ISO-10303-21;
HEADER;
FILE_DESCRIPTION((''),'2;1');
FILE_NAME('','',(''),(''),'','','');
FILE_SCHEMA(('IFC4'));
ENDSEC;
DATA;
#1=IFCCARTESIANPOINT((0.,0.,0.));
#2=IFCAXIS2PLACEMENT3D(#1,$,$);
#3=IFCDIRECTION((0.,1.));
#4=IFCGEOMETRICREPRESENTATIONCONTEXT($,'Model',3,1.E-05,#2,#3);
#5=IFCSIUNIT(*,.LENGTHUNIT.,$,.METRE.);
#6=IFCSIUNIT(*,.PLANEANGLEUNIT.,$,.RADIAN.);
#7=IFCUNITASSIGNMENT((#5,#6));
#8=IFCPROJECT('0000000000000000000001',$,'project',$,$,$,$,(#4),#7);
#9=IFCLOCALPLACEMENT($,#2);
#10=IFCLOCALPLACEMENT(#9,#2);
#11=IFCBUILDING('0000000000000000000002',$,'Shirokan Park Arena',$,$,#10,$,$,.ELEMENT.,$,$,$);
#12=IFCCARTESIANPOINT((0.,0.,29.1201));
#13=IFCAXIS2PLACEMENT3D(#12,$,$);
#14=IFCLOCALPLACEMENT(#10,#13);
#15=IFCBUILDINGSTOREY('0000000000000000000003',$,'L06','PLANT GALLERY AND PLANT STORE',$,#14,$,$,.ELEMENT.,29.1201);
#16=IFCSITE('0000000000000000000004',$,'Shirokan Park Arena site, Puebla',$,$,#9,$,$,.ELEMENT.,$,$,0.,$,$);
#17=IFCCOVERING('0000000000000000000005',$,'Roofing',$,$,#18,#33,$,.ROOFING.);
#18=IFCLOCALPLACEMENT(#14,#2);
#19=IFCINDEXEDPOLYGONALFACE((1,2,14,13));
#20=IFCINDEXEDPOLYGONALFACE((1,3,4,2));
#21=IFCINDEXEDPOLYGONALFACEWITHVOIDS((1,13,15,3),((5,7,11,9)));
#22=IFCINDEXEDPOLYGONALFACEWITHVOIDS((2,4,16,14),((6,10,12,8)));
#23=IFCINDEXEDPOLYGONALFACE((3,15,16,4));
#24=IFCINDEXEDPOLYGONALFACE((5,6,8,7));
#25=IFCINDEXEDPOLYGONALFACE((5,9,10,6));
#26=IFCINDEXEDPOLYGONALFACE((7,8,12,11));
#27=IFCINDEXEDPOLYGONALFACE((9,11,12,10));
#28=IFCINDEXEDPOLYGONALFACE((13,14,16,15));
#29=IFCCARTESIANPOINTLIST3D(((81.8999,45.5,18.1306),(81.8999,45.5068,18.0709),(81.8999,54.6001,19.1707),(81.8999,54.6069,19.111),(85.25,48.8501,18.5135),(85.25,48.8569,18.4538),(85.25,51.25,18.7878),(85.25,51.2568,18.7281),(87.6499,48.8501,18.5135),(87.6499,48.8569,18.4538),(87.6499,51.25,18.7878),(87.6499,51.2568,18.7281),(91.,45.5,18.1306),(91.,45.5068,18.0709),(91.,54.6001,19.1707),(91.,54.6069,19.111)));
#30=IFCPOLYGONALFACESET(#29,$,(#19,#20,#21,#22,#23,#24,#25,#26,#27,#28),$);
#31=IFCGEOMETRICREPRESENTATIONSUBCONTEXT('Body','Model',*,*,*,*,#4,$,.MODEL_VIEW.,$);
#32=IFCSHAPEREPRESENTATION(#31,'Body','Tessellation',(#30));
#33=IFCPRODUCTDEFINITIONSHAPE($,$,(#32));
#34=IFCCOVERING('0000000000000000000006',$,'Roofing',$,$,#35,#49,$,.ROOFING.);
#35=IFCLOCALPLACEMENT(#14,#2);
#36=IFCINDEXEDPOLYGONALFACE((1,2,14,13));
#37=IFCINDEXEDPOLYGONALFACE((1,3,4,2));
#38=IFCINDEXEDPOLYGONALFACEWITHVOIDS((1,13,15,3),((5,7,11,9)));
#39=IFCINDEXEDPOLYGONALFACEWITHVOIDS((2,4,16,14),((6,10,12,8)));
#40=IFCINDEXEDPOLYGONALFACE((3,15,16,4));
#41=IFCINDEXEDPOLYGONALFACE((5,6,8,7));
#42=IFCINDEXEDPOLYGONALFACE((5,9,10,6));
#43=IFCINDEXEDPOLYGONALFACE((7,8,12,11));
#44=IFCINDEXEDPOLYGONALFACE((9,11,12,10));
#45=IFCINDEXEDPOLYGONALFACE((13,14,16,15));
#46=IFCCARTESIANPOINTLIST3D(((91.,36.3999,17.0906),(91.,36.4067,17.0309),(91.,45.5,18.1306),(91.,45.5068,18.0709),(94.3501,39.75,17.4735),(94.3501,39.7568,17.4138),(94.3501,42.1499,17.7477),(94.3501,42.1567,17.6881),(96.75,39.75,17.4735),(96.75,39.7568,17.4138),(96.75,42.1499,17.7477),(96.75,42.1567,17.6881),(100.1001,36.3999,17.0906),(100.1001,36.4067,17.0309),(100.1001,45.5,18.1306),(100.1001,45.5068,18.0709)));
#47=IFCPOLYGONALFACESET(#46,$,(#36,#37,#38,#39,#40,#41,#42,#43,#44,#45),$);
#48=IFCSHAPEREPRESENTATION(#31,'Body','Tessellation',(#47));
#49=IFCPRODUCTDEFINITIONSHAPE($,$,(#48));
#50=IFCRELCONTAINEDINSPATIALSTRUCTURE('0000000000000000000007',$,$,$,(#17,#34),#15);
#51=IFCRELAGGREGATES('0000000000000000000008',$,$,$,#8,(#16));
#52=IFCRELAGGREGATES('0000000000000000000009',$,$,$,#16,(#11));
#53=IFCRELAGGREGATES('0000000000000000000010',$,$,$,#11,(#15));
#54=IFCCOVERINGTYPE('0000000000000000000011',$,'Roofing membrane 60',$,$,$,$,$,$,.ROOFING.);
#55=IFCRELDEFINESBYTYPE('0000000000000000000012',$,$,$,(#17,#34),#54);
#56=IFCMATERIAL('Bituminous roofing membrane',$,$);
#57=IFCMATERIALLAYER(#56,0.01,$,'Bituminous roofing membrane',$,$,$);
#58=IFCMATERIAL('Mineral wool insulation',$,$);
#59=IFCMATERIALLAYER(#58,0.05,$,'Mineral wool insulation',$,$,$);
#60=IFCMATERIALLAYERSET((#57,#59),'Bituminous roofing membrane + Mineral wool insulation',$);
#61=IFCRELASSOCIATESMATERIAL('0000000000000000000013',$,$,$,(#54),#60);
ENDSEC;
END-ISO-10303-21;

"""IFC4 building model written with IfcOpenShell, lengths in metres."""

from ifc_helpers import new_model, si_unit, direction, frame, origin, place, context, subcontext, project, spatial, polyline, outline, extrude, material, layer, layer_set, type_object, element, save


model = new_model("IFC4")

# Units and contexts
model_context = context("Model", 3, precision=1e-05, world=origin(), true_north=direction((0.0, 1.0)))
body_context = subcontext(model_context, "Body", "Model", "MODEL_VIEW")
ifc_project = project(units=[si_unit("LENGTHUNIT", "METRE"), si_unit("PLANEANGLEUNIT", "RADIAN")], contexts=[model_context])

# Site, building, storey
site_placement = place(None, origin())
site = spatial("IfcSite", under=ifc_project, at=site_placement, Name="Shirokan Park Arena site, Puebla", CompositionType="ELEMENT", RefElevation=0.0)
building_placement = place(site_placement, origin())
building = spatial("IfcBuilding", under=site, at=building_placement, Name="Shirokan Park Arena", CompositionType="ELEMENT")
storey_placement = place(building_placement, frame((0.0, 0.0, 29.1201)))
storey = spatial("IfcBuildingStorey", under=building, at=storey_placement, Name="L06", Description="PLANT GALLERY AND PLANT STORE", CompositionType="ELEMENT", Elevation=29.1201)

# Coverings
ifc_material_1 = material(Name="Bituminous roofing membrane")
ifc_layer_1 = layer(ifc_material_1, 0.01, Name="Bituminous roofing membrane")
ifc_material_2 = material(Name="Mineral wool insulation")
ifc_layer_2 = layer(ifc_material_2, 0.05, Name="Mineral wool insulation")
ifc_layer_set_1 = layer_set([ifc_layer_1, ifc_layer_2], Name="Bituminous roofing membrane + Mineral wool insulation")
covering_type = type_object("IfcCoveringType", Name="Roofing membrane 60", PredefinedType="ROOFING", material=ifc_layer_set_1)
covering_1_placement = place(storey_placement, frame((81.8999, 45.5, 18.1306), z_axis=(0.0, -0.11355, 0.993532), x_axis=(1.0, 0.0, 0.0)))
element("IfcCovering", 1, at=covering_1_placement, inside=storey, type_object=covering_type, Name="Roofing", PredefinedType="ROOFING", context=body_context, shape_type="SweptSolid", body=[
    extrude(outline(polyline([(0.0, 0.0), (9.1001, 0.0), (9.1001, 9.1593), (0.0, 9.1593), (0.0, 0.0)]), holes=[polyline([(5.75, 3.3719), (5.75, 5.7874), (3.3501, 5.7874), (3.3501, 3.3719), (5.75, 3.3719)])]), origin(), (0.0, 0.0, -1.0), 0.0601),
])
covering_2_placement = place(storey_placement, frame((91.0, 36.3999, 17.0906), z_axis=(0.0, -0.11355, 0.993532), x_axis=(1.0, 0.0, 0.0)))
element("IfcCovering", 2, at=covering_2_placement, inside=storey, type_object=covering_type, Name="Roofing", PredefinedType="ROOFING", context=body_context, shape_type="SweptSolid", body=[
    extrude(outline(polyline([(0.0, 0.0), (9.1001, 0.0), (9.1001, 9.1593), (0.0, 9.1593), (0.0, 0.0)]), holes=[polyline([(5.75, 3.3719), (5.75, 5.7874), (3.3501, 5.7874), (3.3501, 3.3719), (5.75, 3.3719)])]), origin(), (0.0, 0.0, -1.0), 0.0601),
])

save(model, "model.ifc")
